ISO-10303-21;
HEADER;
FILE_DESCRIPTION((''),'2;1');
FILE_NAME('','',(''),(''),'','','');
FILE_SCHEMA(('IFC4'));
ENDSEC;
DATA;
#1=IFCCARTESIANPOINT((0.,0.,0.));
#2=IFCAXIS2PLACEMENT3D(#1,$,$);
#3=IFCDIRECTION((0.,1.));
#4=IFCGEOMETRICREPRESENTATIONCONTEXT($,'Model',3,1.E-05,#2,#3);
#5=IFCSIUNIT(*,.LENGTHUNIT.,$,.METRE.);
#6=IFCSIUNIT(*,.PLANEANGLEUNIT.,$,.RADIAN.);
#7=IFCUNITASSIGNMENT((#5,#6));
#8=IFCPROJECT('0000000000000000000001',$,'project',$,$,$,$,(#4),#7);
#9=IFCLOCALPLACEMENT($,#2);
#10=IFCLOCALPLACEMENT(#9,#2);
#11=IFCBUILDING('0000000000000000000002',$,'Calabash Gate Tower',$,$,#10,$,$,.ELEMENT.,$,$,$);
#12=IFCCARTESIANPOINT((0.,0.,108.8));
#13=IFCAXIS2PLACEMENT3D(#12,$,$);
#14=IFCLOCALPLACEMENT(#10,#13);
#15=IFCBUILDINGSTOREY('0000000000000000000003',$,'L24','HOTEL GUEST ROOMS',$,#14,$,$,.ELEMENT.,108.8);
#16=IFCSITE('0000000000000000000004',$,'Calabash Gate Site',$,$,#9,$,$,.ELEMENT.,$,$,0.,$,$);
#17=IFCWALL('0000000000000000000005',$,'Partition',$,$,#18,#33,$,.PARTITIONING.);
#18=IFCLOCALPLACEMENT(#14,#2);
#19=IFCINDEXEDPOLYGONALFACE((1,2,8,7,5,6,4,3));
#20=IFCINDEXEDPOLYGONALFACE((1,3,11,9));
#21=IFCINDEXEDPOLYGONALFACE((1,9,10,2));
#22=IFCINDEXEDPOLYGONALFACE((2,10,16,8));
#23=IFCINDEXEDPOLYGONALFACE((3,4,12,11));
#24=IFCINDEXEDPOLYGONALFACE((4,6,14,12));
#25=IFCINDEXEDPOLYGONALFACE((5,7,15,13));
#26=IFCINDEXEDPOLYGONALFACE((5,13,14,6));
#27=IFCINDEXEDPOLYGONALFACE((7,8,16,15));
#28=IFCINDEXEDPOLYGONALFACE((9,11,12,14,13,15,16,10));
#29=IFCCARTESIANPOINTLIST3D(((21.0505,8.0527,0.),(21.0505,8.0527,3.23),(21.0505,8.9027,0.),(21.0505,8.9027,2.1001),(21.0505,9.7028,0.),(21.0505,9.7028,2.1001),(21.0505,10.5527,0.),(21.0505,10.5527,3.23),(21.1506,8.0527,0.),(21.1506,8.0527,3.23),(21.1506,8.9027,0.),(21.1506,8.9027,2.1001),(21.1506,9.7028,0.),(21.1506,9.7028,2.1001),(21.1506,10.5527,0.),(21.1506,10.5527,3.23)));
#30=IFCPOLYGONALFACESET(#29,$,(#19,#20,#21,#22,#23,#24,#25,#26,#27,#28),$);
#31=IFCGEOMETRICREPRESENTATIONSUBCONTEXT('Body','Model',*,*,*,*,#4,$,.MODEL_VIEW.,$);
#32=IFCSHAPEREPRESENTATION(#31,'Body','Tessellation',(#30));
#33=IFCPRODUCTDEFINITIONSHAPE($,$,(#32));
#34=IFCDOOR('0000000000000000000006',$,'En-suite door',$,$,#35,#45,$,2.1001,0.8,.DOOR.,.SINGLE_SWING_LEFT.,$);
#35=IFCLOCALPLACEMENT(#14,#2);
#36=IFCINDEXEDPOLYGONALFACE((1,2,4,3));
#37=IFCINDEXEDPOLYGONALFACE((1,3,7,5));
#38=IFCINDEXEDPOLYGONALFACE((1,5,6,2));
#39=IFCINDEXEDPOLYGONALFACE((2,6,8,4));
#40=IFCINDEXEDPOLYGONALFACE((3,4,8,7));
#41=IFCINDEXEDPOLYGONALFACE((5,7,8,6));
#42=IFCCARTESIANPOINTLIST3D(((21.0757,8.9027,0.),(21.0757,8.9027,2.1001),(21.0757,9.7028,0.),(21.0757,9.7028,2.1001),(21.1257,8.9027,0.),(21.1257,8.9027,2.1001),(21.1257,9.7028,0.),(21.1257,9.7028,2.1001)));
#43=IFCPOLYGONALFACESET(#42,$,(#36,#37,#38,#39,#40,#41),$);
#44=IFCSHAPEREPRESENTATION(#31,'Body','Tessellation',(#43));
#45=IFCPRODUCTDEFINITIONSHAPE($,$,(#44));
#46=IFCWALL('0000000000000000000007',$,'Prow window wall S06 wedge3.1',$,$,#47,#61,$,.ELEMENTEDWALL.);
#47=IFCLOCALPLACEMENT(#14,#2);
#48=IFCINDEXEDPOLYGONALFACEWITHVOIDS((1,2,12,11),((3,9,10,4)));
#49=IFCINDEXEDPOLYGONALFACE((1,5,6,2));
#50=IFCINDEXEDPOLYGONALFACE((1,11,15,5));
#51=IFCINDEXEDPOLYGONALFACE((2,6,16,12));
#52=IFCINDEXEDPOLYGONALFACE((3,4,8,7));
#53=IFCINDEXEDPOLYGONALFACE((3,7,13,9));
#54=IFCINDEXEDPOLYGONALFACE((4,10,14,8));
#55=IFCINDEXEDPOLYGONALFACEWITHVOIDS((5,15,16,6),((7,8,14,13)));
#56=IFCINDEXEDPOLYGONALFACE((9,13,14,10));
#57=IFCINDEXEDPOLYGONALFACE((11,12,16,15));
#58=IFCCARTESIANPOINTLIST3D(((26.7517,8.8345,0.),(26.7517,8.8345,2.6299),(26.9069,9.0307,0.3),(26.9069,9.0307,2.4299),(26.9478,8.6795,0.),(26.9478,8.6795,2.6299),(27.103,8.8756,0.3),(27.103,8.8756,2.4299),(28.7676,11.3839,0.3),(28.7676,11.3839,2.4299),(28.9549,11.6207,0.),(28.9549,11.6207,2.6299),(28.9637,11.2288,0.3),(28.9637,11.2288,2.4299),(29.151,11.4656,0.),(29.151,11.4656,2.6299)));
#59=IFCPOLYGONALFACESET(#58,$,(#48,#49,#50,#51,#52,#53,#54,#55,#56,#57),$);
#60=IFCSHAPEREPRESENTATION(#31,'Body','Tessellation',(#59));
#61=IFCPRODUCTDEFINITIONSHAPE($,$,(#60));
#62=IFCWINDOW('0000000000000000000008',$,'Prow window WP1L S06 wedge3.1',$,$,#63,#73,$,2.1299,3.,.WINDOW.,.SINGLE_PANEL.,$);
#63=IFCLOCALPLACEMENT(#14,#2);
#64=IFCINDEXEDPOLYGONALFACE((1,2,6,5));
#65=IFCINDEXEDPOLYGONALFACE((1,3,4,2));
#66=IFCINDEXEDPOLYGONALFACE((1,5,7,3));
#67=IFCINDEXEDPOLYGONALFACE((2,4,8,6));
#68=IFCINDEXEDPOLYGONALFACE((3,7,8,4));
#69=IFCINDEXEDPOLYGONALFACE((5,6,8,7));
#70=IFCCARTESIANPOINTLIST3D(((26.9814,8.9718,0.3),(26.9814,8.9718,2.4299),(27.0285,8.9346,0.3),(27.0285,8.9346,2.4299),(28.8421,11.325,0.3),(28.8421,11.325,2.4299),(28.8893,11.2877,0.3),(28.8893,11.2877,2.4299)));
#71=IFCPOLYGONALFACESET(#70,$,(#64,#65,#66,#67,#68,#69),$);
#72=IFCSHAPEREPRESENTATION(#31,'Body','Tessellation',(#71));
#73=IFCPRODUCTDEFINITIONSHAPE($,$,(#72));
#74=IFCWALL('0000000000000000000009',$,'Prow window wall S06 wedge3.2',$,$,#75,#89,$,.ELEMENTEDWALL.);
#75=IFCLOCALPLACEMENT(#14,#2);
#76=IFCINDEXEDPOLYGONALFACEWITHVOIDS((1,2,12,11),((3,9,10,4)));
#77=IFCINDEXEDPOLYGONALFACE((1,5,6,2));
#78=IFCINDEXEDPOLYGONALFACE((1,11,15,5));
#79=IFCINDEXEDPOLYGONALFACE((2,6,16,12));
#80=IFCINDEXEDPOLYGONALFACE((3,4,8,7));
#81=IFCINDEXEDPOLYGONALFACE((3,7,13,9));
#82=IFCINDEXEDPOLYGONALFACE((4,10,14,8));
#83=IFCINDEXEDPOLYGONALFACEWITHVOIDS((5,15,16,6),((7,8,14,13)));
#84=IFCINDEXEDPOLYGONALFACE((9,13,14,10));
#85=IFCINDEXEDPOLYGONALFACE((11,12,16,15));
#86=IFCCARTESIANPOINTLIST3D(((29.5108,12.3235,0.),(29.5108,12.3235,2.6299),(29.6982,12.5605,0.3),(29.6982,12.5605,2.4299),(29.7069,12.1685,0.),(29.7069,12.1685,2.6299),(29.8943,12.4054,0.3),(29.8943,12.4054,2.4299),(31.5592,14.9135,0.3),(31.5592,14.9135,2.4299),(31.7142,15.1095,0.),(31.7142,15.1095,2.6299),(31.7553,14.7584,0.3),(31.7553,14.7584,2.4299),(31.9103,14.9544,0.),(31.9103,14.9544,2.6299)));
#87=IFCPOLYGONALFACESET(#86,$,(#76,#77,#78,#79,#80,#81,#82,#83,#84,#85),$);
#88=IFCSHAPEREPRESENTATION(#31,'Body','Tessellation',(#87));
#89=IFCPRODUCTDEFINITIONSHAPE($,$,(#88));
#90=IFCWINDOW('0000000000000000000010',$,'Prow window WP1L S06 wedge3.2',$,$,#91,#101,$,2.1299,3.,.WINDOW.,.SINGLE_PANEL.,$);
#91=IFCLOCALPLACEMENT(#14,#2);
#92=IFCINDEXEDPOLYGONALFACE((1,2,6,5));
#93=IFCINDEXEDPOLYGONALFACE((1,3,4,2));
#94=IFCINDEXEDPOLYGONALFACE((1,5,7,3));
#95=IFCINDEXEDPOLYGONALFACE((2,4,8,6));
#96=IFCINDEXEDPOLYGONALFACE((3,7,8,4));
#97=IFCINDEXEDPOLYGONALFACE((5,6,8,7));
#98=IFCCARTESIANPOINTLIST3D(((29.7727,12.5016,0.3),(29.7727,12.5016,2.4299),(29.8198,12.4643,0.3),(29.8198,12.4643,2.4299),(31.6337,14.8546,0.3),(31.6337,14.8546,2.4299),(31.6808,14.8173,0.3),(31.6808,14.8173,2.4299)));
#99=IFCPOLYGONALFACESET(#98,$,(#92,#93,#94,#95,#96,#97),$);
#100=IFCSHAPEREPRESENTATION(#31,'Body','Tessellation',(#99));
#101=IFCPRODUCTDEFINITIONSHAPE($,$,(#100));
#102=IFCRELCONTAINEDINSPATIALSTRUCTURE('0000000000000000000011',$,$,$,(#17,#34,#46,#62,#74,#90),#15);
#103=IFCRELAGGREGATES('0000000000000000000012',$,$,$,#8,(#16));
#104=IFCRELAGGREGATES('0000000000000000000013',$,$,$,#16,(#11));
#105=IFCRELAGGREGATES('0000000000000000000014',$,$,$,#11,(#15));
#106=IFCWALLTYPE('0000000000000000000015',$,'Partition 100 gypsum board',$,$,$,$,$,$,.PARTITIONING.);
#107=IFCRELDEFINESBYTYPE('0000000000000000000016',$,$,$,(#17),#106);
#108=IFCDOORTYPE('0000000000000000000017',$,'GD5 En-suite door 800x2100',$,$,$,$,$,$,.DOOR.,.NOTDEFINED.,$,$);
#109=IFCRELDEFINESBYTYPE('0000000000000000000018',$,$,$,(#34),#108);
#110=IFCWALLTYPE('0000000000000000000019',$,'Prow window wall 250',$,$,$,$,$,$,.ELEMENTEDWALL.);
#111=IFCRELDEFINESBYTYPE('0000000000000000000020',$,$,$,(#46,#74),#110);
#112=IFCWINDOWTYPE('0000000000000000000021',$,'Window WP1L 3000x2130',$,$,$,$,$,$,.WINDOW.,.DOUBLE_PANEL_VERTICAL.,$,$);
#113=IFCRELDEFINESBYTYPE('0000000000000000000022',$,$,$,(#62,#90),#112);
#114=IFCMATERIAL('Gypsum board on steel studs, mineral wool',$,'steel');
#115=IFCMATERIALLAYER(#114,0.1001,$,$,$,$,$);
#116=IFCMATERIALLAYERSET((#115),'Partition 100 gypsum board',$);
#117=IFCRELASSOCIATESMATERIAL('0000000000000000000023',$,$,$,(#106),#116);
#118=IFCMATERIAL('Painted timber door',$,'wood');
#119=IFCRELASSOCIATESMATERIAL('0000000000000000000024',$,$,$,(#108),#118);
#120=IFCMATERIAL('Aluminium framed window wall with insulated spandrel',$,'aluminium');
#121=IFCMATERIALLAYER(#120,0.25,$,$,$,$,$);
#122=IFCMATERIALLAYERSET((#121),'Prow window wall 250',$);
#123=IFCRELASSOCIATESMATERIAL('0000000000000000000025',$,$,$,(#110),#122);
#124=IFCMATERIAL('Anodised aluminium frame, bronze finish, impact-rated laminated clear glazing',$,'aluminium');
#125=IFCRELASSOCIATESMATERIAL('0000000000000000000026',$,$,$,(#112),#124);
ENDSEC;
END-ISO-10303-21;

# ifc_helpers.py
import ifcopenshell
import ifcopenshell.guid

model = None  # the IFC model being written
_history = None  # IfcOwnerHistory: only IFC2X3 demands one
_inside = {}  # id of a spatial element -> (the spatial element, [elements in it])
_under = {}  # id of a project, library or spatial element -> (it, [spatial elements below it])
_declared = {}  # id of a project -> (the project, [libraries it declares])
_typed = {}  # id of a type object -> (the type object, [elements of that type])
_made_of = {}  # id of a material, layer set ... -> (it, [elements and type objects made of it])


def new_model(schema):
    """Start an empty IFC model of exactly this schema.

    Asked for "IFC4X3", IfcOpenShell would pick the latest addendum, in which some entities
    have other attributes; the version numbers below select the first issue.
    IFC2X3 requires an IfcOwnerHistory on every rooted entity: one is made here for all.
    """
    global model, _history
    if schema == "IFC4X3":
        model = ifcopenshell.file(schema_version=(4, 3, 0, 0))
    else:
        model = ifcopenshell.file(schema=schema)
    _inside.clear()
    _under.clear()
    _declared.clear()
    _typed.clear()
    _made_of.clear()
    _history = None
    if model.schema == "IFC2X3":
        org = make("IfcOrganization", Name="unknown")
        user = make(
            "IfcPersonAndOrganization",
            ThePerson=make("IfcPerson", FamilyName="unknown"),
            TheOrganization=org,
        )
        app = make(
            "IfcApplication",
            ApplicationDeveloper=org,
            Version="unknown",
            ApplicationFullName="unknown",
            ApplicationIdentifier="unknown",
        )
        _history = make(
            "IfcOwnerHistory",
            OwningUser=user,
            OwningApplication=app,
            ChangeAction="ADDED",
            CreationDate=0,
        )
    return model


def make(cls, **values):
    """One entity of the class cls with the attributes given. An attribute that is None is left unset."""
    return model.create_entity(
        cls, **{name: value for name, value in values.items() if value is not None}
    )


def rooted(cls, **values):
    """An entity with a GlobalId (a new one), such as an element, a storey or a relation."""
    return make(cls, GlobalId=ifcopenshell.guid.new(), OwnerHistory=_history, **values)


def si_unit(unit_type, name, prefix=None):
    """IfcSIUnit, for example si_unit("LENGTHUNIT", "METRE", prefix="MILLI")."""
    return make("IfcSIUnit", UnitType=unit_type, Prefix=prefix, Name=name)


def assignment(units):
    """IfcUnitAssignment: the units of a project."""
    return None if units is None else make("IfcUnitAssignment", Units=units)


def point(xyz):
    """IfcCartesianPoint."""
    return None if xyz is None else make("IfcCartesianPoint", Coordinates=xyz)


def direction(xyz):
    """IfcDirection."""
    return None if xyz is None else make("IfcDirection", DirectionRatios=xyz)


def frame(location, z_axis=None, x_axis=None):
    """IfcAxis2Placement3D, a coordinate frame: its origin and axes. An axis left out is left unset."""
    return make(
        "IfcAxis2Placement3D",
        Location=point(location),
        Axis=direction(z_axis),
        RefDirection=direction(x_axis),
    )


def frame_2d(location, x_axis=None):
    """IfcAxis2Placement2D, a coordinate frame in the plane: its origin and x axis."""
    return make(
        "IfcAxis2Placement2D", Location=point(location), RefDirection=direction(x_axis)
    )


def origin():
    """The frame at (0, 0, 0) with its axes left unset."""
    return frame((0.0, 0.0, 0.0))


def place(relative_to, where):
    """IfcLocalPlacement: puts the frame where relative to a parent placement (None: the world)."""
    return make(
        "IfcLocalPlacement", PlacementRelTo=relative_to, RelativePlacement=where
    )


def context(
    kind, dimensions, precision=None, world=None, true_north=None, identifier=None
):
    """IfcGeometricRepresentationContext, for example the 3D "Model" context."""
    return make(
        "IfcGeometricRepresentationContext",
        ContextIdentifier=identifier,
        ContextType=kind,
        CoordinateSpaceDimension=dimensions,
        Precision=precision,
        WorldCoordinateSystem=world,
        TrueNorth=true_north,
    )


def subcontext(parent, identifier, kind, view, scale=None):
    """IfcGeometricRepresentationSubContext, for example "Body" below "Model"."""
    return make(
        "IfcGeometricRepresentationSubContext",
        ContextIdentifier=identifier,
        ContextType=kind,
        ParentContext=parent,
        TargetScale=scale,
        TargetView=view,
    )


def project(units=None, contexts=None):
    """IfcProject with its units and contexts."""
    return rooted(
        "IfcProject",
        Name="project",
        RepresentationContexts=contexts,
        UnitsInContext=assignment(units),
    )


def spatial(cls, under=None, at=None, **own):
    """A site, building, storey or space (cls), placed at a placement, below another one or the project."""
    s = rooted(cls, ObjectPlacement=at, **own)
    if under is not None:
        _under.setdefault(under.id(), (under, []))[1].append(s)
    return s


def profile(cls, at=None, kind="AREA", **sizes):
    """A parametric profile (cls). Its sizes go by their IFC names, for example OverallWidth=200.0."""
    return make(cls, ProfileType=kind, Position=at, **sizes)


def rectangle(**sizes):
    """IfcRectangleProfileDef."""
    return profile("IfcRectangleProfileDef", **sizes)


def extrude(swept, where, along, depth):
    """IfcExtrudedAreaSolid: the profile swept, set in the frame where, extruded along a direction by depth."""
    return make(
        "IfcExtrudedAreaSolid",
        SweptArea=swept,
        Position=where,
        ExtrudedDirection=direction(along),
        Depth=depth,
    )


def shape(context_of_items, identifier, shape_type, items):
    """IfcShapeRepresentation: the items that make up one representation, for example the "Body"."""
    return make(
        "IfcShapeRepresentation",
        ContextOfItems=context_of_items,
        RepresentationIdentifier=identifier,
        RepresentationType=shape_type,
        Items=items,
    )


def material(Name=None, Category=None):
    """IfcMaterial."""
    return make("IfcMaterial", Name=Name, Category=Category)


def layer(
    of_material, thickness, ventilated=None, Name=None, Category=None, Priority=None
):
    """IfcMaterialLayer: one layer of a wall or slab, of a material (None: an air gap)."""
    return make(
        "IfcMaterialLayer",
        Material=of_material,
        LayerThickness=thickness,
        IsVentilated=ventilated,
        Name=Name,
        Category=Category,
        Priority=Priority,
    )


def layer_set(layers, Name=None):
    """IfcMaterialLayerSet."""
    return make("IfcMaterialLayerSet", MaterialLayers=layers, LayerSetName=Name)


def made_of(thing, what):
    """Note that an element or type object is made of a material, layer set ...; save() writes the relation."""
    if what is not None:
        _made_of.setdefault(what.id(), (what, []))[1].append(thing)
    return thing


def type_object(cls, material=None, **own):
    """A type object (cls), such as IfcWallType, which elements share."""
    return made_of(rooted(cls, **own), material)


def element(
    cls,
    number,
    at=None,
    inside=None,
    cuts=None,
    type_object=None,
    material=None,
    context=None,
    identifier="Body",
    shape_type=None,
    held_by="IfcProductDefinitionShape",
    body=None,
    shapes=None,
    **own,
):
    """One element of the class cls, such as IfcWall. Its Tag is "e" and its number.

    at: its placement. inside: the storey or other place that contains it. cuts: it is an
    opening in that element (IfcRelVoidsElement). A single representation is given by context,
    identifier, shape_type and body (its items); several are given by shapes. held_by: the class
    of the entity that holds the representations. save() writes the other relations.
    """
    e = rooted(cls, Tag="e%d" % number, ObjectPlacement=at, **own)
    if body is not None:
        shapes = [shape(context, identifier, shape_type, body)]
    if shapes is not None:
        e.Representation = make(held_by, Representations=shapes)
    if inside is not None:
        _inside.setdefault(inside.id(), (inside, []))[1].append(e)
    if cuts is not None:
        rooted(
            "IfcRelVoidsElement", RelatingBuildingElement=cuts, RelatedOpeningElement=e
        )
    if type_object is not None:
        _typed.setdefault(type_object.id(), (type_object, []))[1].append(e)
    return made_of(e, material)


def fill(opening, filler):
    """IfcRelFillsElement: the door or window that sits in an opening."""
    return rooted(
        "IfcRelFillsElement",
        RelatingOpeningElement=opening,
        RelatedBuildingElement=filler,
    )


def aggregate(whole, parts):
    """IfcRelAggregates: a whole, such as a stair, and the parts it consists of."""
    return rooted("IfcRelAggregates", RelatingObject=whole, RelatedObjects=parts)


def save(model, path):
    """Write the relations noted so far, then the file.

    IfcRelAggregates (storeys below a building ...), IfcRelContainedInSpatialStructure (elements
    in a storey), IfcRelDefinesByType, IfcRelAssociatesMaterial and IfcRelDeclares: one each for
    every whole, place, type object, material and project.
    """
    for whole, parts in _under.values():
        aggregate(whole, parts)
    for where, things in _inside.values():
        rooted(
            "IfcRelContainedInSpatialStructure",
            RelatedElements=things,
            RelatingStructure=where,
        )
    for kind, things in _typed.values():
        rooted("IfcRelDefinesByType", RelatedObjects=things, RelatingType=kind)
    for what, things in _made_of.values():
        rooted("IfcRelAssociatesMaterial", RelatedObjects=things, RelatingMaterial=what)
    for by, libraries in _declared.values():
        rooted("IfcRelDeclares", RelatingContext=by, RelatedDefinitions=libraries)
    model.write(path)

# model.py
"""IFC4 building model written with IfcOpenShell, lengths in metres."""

from ifc_helpers import new_model, si_unit, direction, frame, frame_2d, origin, place, context, subcontext, project, spatial, rectangle, extrude, material, layer, layer_set, type_object, element, fill, save


model = new_model("IFC4")

# Units and contexts
model_context = context("Model", 3, precision=1e-05, world=origin(), true_north=direction((0.0, 1.0)))
body_context = subcontext(model_context, "Body", "Model", "MODEL_VIEW")
ifc_project = project(units=[si_unit("LENGTHUNIT", "METRE"), si_unit("PLANEANGLEUNIT", "RADIAN")], contexts=[model_context])

# Site, building, storey
site_placement = place(None, origin())
site = spatial("IfcSite", under=ifc_project, at=site_placement, Name="Calabash Gate Site", CompositionType="ELEMENT", RefElevation=0.0)
building_placement = place(site_placement, origin())
building = spatial("IfcBuilding", under=site, at=building_placement, Name="Calabash Gate Tower", CompositionType="ELEMENT")
storey_placement = place(building_placement, frame((0.0, 0.0, 108.8)))
storey = spatial("IfcBuildingStorey", under=building, at=storey_placement, Name="L24", Description="HOTEL GUEST ROOMS", CompositionType="ELEMENT", Elevation=108.8)

# Wall, opening, door
ifc_material_1 = material(Name="Gypsum board on steel studs, mineral wool", Category="steel")
ifc_layer_1 = layer(ifc_material_1, 0.1001)
ifc_layer_set_1 = layer_set([ifc_layer_1], Name="Partition 100 gypsum board")
wall_type_1 = type_object("IfcWallType", Name="Partition 100 gypsum board", PredefinedType="PARTITIONING", material=ifc_layer_set_1)
wall_1_placement = place(storey_placement, frame((21.1006, 8.0527, 0.0), z_axis=(0.0, 0.0, 1.0), x_axis=(0.0, 1.0, 0.0)))
wall_1 = element("IfcWall", 1, at=wall_1_placement, inside=storey, type_object=wall_type_1, Name="Partition", PredefinedType="PARTITIONING", context=body_context, shape_type="SweptSolid", body=[
    extrude(rectangle(XDim=2.5, YDim=0.1001, at=frame_2d((1.25, 0.0))), origin(), (0.0, 0.0, 1.0), 3.23),
])
opening_1_placement = place(wall_1_placement, frame((0.8501, 0.0, 0.0)))
opening_1 = element("IfcOpeningElement", 2, at=opening_1_placement, cuts=wall_1, PredefinedType="OPENING", context=body_context, shape_type="SweptSolid", body=[
    extrude(rectangle(XDim=0.8, YDim=2.1001, at=frame_2d((0.3999, 1.05))), frame((0.0, 0.0601, 0.0), z_axis=(0.0, -1.0, 0.0), x_axis=(1.0, 0.0, 0.0)), (0.0, 0.0, 1.0), 0.1201),
])
ifc_material_2 = material(Name="Painted timber door", Category="wood")
door_type = type_object("IfcDoorType", Name="GD5 En-suite door 800x2100", OperationType="NOTDEFINED", PredefinedType="DOOR", material=ifc_material_2)
door_placement = place(opening_1_placement, origin())
door = element("IfcDoor", 3, at=door_placement, inside=storey, type_object=door_type, Name="En-suite door", OperationType="SINGLE_SWING_LEFT", OverallHeight=2.1001, OverallWidth=0.8, PredefinedType="DOOR", context=body_context, shape_type="SweptSolid", body=[
    extrude(rectangle(XDim=0.8, YDim=2.1001, at=frame_2d((0.3999, 1.05))), frame((0.0, 0.0249, 0.0), z_axis=(0.0, -1.0, 0.0), x_axis=(1.0, 0.0, 0.0)), (0.0, 0.0, 1.0), 0.05),
])
fill(opening_1, door)

# Walls, openings, windows
ifc_material_3 = material(Name="Aluminium framed window wall with insulated spandrel", Category="aluminium")
ifc_layer_2 = layer(ifc_material_3, 0.25)
ifc_layer_set_2 = layer_set([ifc_layer_2], Name="Prow window wall 250")
wall_type_2 = type_object("IfcWallType", Name="Prow window wall 250", PredefinedType="ELEMENTEDWALL", material=ifc_layer_set_2)
wall_2_placement = place(storey_placement, frame((26.8499, 8.7571, 0.0), z_axis=(0.0, 0.0, 1.0), x_axis=(0.620259, 0.784397, 0.0)))
wall_2 = element("IfcWall", 4, at=wall_2_placement, inside=storey, type_object=wall_type_2, Name="Prow window wall S06 wedge3.1", PredefinedType="ELEMENTEDWALL", context=body_context, shape_type="SweptSolid", body=[
    extrude(rectangle(XDim=3.552, YDim=0.25, at=frame_2d((1.7759, 0.0))), origin(), (0.0, 0.0, 1.0), 2.6299),
])
opening_2_placement = place(wall_2_placement, frame((0.25, 0.0, 0.3)))
opening_2 = element("IfcOpeningElement", 5, at=opening_2_placement, cuts=wall_2, PredefinedType="OPENING", context=body_context, shape_type="SweptSolid", body=[
    extrude(rectangle(XDim=3.0, YDim=2.1299, at=frame_2d((1.5, 1.0649))), frame((0.0, 0.135, 0.0), z_axis=(0.0, -1.0, 0.0), x_axis=(1.0, 0.0, 0.0)), (0.0, 0.0, 1.0), 0.27),
])
ifc_material_4 = material(Name="Anodised aluminium frame, bronze finish, impact-rated laminated clear glazing", Category="aluminium")
window_type = type_object("IfcWindowType", Name="Window WP1L 3000x2130", PartitioningType="DOUBLE_PANEL_VERTICAL", PredefinedType="WINDOW", material=ifc_material_4)
window_1_placement = place(opening_2_placement, origin())
window_1 = element("IfcWindow", 6, at=window_1_placement, inside=storey, type_object=window_type, Name="Prow window WP1L S06 wedge3.1", OverallHeight=2.1299, OverallWidth=3.0, PartitioningType="SINGLE_PANEL", PredefinedType="WINDOW", context=body_context, shape_type="SweptSolid", body=[
    extrude(rectangle(XDim=3.0, YDim=2.1299, at=frame_2d((1.5, 1.0649))), frame((0.0, 0.03, 0.0), z_axis=(0.0, -1.0, 0.0), x_axis=(1.0, 0.0, 0.0)), (0.0, 0.0, 1.0), 0.0601),
])
fill(opening_2, window_1)
wall_3_placement = place(storey_placement, frame((29.6089, 12.2461, 0.0), z_axis=(0.0, 0.0, 1.0), x_axis=(0.620335, 0.784337, 0.0)))
wall_3 = element("IfcWall", 7, at=wall_3_placement, inside=storey, type_object=wall_type_2, Name="Prow window wall S06 wedge3.2", PredefinedType="ELEMENTEDWALL", context=body_context, shape_type="SweptSolid", body=[
    extrude(rectangle(XDim=3.552, YDim=0.25, at=frame_2d((1.7759, 0.0))), origin(), (0.0, 0.0, 1.0), 2.6299),
])
opening_3_placement = place(wall_3_placement, frame((0.302, 0.0, 0.3)))
opening_3 = element("IfcOpeningElement", 8, at=opening_3_placement, cuts=wall_3, PredefinedType="OPENING", context=body_context, shape_type="SweptSolid", body=[
    extrude(rectangle(XDim=3.0, YDim=2.1299, at=frame_2d((1.5, 1.0649))), frame((0.0, 0.135, 0.0), z_axis=(0.0, -1.0, 0.0), x_axis=(1.0, 0.0, 0.0)), (0.0, 0.0, 1.0), 0.27),
])
window_2_placement = place(opening_3_placement, origin())
window_2 = element("IfcWindow", 9, at=window_2_placement, inside=storey, type_object=window_type, Name="Prow window WP1L S06 wedge3.2", OverallHeight=2.1299, OverallWidth=3.0, PartitioningType="SINGLE_PANEL", PredefinedType="WINDOW", context=body_context, shape_type="SweptSolid", body=[
    extrude(rectangle(XDim=3.0, YDim=2.1299, at=frame_2d((1.5, 1.0649))), frame((0.0, 0.03, 0.0), z_axis=(0.0, -1.0, 0.0), x_axis=(1.0, 0.0, 0.0)), (0.0, 0.0, 1.0), 0.0601),
])
fill(opening_3, window_2)

save(model, "model.ifc")
